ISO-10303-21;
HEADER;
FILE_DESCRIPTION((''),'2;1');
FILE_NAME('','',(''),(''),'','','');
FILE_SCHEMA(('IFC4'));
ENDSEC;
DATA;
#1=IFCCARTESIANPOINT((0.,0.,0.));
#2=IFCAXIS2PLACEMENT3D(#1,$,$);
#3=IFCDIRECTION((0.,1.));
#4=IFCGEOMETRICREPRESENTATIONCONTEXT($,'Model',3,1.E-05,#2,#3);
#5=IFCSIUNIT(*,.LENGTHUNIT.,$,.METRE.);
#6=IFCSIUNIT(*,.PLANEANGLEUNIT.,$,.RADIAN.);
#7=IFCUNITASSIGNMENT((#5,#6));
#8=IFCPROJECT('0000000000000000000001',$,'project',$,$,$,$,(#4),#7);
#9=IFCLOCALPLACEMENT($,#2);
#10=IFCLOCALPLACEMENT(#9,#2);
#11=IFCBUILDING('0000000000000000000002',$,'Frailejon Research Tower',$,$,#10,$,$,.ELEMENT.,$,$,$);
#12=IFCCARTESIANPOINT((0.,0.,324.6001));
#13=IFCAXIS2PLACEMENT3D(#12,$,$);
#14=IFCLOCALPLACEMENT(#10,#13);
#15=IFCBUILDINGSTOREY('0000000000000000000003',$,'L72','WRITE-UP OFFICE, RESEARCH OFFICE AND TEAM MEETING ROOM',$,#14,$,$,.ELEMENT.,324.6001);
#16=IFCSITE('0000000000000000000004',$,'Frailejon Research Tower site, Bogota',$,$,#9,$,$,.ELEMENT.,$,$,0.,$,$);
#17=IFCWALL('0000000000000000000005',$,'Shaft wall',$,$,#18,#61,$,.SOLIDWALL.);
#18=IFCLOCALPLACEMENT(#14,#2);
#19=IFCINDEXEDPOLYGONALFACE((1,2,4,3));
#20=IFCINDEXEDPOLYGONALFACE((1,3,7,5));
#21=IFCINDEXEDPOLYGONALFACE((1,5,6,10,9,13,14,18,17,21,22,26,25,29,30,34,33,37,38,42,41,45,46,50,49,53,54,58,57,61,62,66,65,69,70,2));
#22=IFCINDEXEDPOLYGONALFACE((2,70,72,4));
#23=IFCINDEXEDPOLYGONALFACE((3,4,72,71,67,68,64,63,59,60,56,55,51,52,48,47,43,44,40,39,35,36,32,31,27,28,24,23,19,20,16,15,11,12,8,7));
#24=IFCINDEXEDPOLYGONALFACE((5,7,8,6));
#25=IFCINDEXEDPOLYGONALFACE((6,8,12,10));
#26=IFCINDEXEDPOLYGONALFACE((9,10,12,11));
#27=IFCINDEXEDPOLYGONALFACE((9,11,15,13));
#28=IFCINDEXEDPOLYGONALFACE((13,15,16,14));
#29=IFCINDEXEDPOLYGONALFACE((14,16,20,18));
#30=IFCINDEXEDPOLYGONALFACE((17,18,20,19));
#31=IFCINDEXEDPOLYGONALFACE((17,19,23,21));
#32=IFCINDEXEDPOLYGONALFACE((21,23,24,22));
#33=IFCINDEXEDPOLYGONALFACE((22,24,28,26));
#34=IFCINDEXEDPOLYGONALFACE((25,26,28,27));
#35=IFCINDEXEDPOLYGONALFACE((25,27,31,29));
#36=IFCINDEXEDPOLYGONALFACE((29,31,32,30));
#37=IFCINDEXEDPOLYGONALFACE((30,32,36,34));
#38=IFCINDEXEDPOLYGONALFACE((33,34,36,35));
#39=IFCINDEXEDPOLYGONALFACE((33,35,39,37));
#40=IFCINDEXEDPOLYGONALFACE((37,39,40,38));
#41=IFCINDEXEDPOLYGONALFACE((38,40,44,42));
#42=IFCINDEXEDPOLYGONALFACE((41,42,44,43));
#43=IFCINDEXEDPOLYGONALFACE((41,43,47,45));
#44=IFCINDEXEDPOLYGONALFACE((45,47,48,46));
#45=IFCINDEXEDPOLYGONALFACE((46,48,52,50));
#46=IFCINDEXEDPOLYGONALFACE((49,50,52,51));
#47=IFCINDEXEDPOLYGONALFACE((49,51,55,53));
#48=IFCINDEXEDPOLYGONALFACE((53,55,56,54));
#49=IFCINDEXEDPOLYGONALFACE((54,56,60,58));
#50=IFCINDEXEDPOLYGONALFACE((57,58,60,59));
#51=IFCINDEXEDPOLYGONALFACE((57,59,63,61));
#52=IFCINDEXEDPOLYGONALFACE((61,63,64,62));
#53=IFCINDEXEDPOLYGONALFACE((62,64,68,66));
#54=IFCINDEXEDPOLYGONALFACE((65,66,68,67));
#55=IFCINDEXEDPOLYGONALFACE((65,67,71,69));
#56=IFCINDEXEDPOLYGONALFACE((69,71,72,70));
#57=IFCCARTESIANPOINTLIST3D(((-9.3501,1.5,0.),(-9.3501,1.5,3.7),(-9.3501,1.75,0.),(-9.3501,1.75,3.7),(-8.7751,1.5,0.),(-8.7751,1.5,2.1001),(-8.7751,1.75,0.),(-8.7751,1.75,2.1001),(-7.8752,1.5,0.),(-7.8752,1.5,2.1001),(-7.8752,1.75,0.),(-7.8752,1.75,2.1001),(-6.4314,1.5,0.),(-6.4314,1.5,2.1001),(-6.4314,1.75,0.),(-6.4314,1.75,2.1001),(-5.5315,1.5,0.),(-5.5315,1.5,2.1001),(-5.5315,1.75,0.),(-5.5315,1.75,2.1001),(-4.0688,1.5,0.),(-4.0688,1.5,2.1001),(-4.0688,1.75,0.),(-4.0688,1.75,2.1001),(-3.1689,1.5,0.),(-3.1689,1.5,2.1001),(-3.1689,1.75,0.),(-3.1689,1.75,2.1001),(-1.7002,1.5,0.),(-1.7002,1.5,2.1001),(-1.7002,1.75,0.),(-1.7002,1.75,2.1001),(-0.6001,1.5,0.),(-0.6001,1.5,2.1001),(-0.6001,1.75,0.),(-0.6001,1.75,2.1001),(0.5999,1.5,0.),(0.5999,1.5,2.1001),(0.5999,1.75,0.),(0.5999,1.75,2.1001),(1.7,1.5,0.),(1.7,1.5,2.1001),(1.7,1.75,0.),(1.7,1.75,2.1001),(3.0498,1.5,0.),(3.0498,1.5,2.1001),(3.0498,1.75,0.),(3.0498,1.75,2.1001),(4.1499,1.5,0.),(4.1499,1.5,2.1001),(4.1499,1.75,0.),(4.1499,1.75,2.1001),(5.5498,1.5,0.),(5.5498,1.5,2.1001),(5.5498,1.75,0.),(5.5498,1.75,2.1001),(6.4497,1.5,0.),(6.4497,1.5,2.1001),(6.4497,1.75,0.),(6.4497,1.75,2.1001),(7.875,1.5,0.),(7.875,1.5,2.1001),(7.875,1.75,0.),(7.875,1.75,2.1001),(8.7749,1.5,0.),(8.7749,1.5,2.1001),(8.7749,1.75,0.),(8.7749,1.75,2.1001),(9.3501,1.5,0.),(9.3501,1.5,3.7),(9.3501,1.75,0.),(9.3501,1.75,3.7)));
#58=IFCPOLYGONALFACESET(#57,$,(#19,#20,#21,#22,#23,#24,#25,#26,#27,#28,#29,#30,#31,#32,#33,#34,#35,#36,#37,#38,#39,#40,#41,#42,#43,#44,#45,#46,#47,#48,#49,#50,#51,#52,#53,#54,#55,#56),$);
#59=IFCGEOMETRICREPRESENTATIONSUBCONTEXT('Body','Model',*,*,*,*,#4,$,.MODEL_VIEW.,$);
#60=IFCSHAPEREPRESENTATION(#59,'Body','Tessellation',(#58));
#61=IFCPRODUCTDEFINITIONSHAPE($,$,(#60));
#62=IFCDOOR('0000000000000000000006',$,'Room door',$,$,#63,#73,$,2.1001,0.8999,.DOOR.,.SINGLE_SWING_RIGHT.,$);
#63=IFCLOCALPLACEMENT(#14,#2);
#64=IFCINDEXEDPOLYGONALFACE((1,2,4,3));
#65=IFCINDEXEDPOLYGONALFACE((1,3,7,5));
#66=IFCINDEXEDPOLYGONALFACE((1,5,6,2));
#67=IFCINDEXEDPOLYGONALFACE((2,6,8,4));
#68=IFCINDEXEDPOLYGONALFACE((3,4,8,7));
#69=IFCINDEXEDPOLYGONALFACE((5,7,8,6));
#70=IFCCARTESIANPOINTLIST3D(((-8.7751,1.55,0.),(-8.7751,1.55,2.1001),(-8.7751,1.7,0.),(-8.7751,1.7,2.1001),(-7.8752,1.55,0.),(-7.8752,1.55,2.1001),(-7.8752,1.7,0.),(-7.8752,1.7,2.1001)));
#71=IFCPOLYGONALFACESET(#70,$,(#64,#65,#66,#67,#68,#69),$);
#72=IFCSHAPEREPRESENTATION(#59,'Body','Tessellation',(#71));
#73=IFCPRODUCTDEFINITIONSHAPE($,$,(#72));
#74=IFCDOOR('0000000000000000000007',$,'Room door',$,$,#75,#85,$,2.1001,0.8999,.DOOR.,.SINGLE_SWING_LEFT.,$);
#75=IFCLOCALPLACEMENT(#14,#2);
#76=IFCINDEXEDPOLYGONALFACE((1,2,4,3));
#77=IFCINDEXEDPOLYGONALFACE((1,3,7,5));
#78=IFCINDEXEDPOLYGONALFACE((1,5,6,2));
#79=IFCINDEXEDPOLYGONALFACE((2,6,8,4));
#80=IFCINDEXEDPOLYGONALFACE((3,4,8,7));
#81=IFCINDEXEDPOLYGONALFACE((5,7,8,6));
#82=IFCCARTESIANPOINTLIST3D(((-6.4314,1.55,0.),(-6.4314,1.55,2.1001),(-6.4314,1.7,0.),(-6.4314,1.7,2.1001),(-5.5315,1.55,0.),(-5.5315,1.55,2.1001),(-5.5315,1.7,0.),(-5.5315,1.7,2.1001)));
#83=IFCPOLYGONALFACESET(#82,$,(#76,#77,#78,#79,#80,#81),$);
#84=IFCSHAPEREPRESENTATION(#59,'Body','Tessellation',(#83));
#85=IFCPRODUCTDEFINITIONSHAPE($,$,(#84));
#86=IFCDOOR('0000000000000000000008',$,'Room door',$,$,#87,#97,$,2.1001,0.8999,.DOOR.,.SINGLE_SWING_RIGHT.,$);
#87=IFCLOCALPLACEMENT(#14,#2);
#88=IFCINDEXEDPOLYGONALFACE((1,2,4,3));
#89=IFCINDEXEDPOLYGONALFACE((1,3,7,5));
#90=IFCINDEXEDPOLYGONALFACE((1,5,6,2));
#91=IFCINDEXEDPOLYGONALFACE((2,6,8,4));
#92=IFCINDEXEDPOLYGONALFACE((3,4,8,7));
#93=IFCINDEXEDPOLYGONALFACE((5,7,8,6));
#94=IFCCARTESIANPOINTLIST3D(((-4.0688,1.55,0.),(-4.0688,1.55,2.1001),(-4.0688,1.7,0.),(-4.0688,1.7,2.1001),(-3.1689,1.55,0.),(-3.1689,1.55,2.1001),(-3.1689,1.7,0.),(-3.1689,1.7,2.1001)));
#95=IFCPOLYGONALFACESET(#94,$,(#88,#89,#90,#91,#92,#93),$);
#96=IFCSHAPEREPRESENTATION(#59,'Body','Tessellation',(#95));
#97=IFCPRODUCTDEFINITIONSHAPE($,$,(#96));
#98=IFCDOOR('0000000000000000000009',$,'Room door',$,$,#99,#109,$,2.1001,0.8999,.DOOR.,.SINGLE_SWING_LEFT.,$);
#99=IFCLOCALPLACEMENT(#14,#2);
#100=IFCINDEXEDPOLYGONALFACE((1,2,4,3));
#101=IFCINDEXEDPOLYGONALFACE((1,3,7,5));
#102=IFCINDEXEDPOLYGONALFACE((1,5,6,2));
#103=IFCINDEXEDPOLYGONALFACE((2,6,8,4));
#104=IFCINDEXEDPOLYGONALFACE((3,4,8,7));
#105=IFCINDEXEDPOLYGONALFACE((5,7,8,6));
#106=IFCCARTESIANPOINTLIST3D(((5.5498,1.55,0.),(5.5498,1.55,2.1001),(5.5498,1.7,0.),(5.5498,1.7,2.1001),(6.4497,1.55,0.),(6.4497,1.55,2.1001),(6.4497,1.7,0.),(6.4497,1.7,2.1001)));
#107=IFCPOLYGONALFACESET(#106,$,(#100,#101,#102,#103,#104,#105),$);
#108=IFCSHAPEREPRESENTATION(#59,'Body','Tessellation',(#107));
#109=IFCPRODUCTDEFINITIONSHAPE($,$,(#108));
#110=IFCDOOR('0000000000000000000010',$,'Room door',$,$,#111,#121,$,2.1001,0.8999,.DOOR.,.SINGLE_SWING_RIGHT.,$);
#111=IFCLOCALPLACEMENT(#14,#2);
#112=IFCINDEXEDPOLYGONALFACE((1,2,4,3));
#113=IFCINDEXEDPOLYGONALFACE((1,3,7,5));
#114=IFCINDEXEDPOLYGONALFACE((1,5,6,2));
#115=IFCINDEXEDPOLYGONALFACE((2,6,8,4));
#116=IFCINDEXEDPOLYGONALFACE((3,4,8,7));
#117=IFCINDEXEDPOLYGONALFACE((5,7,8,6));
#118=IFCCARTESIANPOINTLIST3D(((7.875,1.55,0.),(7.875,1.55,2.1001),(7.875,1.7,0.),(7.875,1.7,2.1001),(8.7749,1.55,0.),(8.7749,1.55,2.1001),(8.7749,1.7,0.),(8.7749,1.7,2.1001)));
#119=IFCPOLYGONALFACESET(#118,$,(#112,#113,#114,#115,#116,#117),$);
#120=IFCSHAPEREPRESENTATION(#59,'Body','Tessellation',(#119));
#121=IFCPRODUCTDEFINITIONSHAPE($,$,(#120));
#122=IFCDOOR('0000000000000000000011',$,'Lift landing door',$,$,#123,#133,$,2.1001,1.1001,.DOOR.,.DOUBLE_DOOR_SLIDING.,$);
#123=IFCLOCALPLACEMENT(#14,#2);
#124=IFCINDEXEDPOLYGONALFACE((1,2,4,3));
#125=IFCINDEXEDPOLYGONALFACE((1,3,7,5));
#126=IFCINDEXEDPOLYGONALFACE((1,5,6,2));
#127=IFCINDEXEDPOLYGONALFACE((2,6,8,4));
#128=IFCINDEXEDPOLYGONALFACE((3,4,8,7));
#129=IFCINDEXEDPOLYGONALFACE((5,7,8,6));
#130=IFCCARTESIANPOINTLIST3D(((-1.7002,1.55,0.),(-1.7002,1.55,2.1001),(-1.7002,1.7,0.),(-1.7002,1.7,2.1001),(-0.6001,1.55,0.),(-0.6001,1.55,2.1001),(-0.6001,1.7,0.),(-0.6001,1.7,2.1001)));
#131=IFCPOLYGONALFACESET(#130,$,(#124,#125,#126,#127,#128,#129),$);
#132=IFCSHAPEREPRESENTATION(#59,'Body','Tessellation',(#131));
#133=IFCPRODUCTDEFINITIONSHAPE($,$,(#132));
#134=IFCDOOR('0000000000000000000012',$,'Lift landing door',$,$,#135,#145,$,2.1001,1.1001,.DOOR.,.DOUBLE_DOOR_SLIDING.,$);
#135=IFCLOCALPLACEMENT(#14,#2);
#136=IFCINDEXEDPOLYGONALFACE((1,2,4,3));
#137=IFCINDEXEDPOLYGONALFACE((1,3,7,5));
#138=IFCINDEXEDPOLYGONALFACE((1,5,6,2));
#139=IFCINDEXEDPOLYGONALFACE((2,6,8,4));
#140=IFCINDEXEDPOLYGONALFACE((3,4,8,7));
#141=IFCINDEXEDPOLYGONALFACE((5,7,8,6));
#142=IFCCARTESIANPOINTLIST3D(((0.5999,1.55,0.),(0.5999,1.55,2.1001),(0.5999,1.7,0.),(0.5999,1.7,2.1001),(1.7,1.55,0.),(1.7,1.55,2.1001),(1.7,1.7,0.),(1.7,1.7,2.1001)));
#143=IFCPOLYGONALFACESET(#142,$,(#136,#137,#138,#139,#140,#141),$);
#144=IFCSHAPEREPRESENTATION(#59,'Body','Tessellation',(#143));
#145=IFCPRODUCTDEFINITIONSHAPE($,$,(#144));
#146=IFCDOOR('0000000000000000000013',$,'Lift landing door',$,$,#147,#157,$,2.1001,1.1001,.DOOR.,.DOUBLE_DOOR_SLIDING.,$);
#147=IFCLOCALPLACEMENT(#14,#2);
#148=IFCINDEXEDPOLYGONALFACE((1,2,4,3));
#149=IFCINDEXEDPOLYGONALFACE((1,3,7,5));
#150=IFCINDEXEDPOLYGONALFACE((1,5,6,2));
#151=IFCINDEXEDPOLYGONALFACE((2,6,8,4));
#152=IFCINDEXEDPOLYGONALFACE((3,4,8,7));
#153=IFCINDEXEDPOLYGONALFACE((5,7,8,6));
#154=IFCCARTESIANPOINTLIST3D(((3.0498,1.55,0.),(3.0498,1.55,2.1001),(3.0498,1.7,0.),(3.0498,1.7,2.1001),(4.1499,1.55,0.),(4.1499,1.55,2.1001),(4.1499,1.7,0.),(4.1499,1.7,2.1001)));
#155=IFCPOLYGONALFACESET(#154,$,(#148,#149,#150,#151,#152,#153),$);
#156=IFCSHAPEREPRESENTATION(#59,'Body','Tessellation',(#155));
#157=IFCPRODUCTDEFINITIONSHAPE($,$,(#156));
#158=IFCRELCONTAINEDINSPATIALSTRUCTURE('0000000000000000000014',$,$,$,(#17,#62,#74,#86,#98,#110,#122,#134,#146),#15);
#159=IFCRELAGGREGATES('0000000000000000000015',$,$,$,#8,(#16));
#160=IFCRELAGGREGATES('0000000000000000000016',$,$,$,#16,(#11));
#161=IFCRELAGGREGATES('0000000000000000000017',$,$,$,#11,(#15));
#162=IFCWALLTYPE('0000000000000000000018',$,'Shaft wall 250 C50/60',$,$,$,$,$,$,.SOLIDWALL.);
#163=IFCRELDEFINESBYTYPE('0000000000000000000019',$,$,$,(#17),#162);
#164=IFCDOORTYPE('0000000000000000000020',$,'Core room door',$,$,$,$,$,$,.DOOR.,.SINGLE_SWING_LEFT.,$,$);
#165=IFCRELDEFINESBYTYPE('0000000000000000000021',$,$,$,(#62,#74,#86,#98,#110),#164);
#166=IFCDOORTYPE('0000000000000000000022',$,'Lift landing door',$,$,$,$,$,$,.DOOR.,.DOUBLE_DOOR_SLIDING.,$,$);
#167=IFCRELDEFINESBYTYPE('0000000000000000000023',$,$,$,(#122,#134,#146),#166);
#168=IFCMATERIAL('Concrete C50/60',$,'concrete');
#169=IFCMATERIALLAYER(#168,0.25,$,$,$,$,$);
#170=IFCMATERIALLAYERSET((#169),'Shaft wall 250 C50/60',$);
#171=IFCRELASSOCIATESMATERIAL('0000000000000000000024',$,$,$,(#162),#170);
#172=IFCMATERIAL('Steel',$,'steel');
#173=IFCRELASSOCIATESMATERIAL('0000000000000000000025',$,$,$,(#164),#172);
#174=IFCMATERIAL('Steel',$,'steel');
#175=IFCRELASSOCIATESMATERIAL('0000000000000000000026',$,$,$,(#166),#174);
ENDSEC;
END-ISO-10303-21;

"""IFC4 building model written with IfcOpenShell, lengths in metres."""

from ifc_helpers import new_model, si_unit, direction, frame, frame_2d, origin, place, context, subcontext, project, spatial, rectangle, extrude, material, layer, layer_set, type_object, element, fill, save


model = new_model("IFC4")

# Units and contexts
model_context = context("Model", 3, precision=1e-05, world=origin(), true_north=direction((0.0, 1.0)))
body_context = subcontext(model_context, "Body", "Model", "MODEL_VIEW")
ifc_project = project(units=[si_unit("LENGTHUNIT", "METRE"), si_unit("PLANEANGLEUNIT", "RADIAN")], contexts=[model_context])

# Site, building, storey
site_placement = place(None, origin())
site = spatial("IfcSite", under=ifc_project, at=site_placement, Name="Frailejon Research Tower site, Bogota", CompositionType="ELEMENT", RefElevation=0.0)
building_placement = place(site_placement, origin())
building = spatial("IfcBuilding", under=site, at=building_placement, Name="Frailejon Research Tower", CompositionType="ELEMENT")
storey_placement = place(building_placement, frame((0.0, 0.0, 324.6001)))
storey = spatial("IfcBuildingStorey", under=building, at=storey_placement, Name="L72", Description="WRITE-UP OFFICE, RESEARCH OFFICE AND TEAM MEETING ROOM", CompositionType="ELEMENT", Elevation=324.6001)

# Wall, openings, doors
ifc_material_1 = material(Name="Concrete C50/60", Category="concrete")
ifc_layer_1 = layer(ifc_material_1, 0.25)
ifc_layer_set_1 = layer_set([ifc_layer_1], Name="Shaft wall 250 C50/60")
wall_type_1 = type_object("IfcWallType", Name="Shaft wall 250 C50/60", PredefinedType="SOLIDWALL", material=ifc_layer_set_1)
wall_1_placement = place(storey_placement, frame((-9.3501, 1.625, 0.0), z_axis=(0.0, 0.0, 1.0), x_axis=(1.0, 0.0, 0.0)))
wall_1 = element("IfcWall", 1, at=wall_1_placement, inside=storey, type_object=wall_type_1, Name="Shaft wall", PredefinedType="SOLIDWALL", context=body_context, shape_type="SweptSolid", body=[
    extrude(rectangle(XDim=18.7002, YDim=0.25, at=frame_2d((9.3501, 0.0))), origin(), (0.0, 0.0, 1.0), 3.7),
])
opening_1_placement = place(wall_1_placement, frame((7.6499, 0.0, 0.0)))
opening_1 = element("IfcOpeningElement", 2, at=opening_1_placement, cuts=wall_1, PredefinedType="OPENING", context=body_context, shape_type="SweptSolid", body=[
    extrude(rectangle(XDim=1.1001, YDim=2.1001, at=frame_2d((0.55, 1.05))), frame((0.0, 0.135, 0.0), z_axis=(0.0, -1.0, 0.0), x_axis=(1.0, 0.0, 0.0)), (0.0, 0.0, 1.0), 0.27),
])
opening_2_placement = place(wall_1_placement, frame((9.95, 0.0, 0.0)))
opening_2 = element("IfcOpeningElement", 3, at=opening_2_placement, cuts=wall_1, PredefinedType="OPENING", context=body_context, shape_type="SweptSolid", body=[
    extrude(rectangle(XDim=1.1001, YDim=2.1001, at=frame_2d((0.55, 1.05))), frame((0.0, 0.135, 0.0), z_axis=(0.0, -1.0, 0.0), x_axis=(1.0, 0.0, 0.0)), (0.0, 0.0, 1.0), 0.27),
])
opening_3_placement = place(wall_1_placement, frame((12.3999, 0.0, 0.0)))
opening_3 = element("IfcOpeningElement", 4, at=opening_3_placement, cuts=wall_1, PredefinedType="OPENING", context=body_context, shape_type="SweptSolid", body=[
    extrude(rectangle(XDim=1.1001, YDim=2.1001, at=frame_2d((0.55, 1.05))), frame((0.0, 0.135, 0.0), z_axis=(0.0, -1.0, 0.0), x_axis=(1.0, 0.0, 0.0)), (0.0, 0.0, 1.0), 0.27),
])
opening_4_placement = place(wall_1_placement, frame((0.575, 0.0, 0.0)))
opening_4 = element("IfcOpeningElement", 5, at=opening_4_placement, cuts=wall_1, PredefinedType="OPENING", context=body_context, shape_type="SweptSolid", body=[
    extrude(rectangle(XDim=0.8999, YDim=2.1001, at=frame_2d((0.45, 1.05))), frame((0.0, 0.135, 0.0), z_axis=(0.0, -1.0, 0.0), x_axis=(1.0, 0.0, 0.0)), (0.0, 0.0, 1.0), 0.27),
])
opening_5_placement = place(wall_1_placement, frame((2.9187, 0.0, 0.0)))
opening_5 = element("IfcOpeningElement", 6, at=opening_5_placement, cuts=wall_1, PredefinedType="OPENING", context=body_context, shape_type="SweptSolid", body=[
    extrude(rectangle(XDim=0.8999, YDim=2.1001, at=frame_2d((0.45, 1.05))), frame((0.0, 0.135, 0.0), z_axis=(0.0, -1.0, 0.0), x_axis=(1.0, 0.0, 0.0)), (0.0, 0.0, 1.0), 0.27),
])
opening_6_placement = place(wall_1_placement, frame((5.2812, 0.0, 0.0)))
opening_6 = element("IfcOpeningElement", 7, at=opening_6_placement, cuts=wall_1, PredefinedType="OPENING", context=body_context, shape_type="SweptSolid", body=[
    extrude(rectangle(XDim=0.8999, YDim=2.1001, at=frame_2d((0.45, 1.05))), frame((0.0, 0.135, 0.0), z_axis=(0.0, -1.0, 0.0), x_axis=(1.0, 0.0, 0.0)), (0.0, 0.0, 1.0), 0.27),
])
opening_7_placement = place(wall_1_placement, frame((14.8999, 0.0, 0.0)))
opening_7 = element("IfcOpeningElement", 8, at=opening_7_placement, cuts=wall_1, PredefinedType="OPENING", context=body_context, shape_type="SweptSolid", body=[
    extrude(rectangle(XDim=0.8999, YDim=2.1001, at=frame_2d((0.45, 1.05))), frame((0.0, 0.135, 0.0), z_axis=(0.0, -1.0, 0.0), x_axis=(1.0, 0.0, 0.0)), (0.0, 0.0, 1.0), 0.27),
])
opening_8_placement = place(wall_1_placement, frame((17.2251, 0.0, 0.0)))
opening_8 = element("IfcOpeningElement", 9, at=opening_8_placement, cuts=wall_1, PredefinedType="OPENING", context=body_context, shape_type="SweptSolid", body=[
    extrude(rectangle(XDim=0.8999, YDim=2.1001, at=frame_2d((0.45, 1.05))), frame((0.0, 0.135, 0.0), z_axis=(0.0, -1.0, 0.0), x_axis=(1.0, 0.0, 0.0)), (0.0, 0.0, 1.0), 0.27),
])
ifc_material_2 = material(Name="Steel", Category="steel")
door_type_1 = type_object("IfcDoorType", Name="Core room door", OperationType="SINGLE_SWING_LEFT", PredefinedType="DOOR", material=ifc_material_2)
door_1_placement = place(opening_4_placement, origin())
door_1 = element("IfcDoor", 10, at=door_1_placement, inside=storey, type_object=door_type_1, Name="Room door", OperationType="SINGLE_SWING_RIGHT", OverallHeight=2.1001, OverallWidth=0.8999, PredefinedType="DOOR", context=body_context, shape_type="SweptSolid", body=[
    extrude(rectangle(XDim=0.8999, YDim=2.1001, at=frame_2d((0.45, 1.05))), frame((0.0, 0.075, 0.0), z_axis=(0.0, -1.0, 0.0), x_axis=(1.0, 0.0, 0.0)), (0.0, 0.0, 1.0), 0.1499),
])
fill(opening_4, door_1)
door_2_placement = place(opening_5_placement, origin())
door_2 = element("IfcDoor", 11, at=door_2_placement, inside=storey, type_object=door_type_1, Name="Room door", OperationType="SINGLE_SWING_LEFT", OverallHeight=2.1001, OverallWidth=0.8999, PredefinedType="DOOR", context=body_context, shape_type="SweptSolid", body=[
    extrude(rectangle(XDim=0.8999, YDim=2.1001, at=frame_2d((0.45, 1.05))), frame((0.0, 0.075, 0.0), z_axis=(0.0, -1.0, 0.0), x_axis=(1.0, 0.0, 0.0)), (0.0, 0.0, 1.0), 0.1499),
])
fill(opening_5, door_2)
door_3_placement = place(opening_6_placement, origin())
door_3 = element("IfcDoor", 12, at=door_3_placement, inside=storey, type_object=door_type_1, Name="Room door", OperationType="SINGLE_SWING_RIGHT", OverallHeight=2.1001, OverallWidth=0.8999, PredefinedType="DOOR", context=body_context, shape_type="SweptSolid", body=[
    extrude(rectangle(XDim=0.8999, YDim=2.1001, at=frame_2d((0.45, 1.05))), frame((0.0, 0.075, 0.0), z_axis=(0.0, -1.0, 0.0), x_axis=(1.0, 0.0, 0.0)), (0.0, 0.0, 1.0), 0.1499),
])
fill(opening_6, door_3)
door_4_placement = place(opening_7_placement, origin())
door_4 = element("IfcDoor", 13, at=door_4_placement, inside=storey, type_object=door_type_1, Name="Room door", OperationType="SINGLE_SWING_LEFT", OverallHeight=2.1001, OverallWidth=0.8999, PredefinedType="DOOR", context=body_context, shape_type="SweptSolid", body=[
    extrude(rectangle(XDim=0.8999, YDim=2.1001, at=frame_2d((0.45, 1.05))), frame((0.0, 0.075, 0.0), z_axis=(0.0, -1.0, 0.0), x_axis=(1.0, 0.0, 0.0)), (0.0, 0.0, 1.0), 0.1499),
])
fill(opening_7, door_4)
door_5_placement = place(opening_8_placement, origin())
door_5 = element("IfcDoor", 14, at=door_5_placement, inside=storey, type_object=door_type_1, Name="Room door", OperationType="SINGLE_SWING_RIGHT", OverallHeight=2.1001, OverallWidth=0.8999, PredefinedType="DOOR", context=body_context, shape_type="SweptSolid", body=[
    extrude(rectangle(XDim=0.8999, YDim=2.1001, at=frame_2d((0.45, 1.05))), frame((0.0, 0.075, 0.0), z_axis=(0.0, -1.0, 0.0), x_axis=(1.0, 0.0, 0.0)), (0.0, 0.0, 1.0), 0.1499),
])
fill(opening_8, door_5)
ifc_material_3 = material(Name="Steel", Category="steel")
door_type_2 = type_object("IfcDoorType", Name="Lift landing door", OperationType="DOUBLE_DOOR_SLIDING", PredefinedType="DOOR", material=ifc_material_3)
door_6_placement = place(opening_1_placement, origin())
door_6 = element("IfcDoor", 15, at=door_6_placement, inside=storey, type_object=door_type_2, Name="Lift landing door", OperationType="DOUBLE_DOOR_SLIDING", OverallHeight=2.1001, OverallWidth=1.1001, PredefinedType="DOOR", context=body_context, shape_type="SweptSolid", body=[
    extrude(rectangle(XDim=1.1001, YDim=2.1001, at=frame_2d((0.55, 1.05))), frame((0.0, 0.075, 0.0), z_axis=(0.0, -1.0, 0.0), x_axis=(1.0, 0.0, 0.0)), (0.0, 0.0, 1.0), 0.1499),
])
fill(opening_1, door_6)
door_7_placement = place(opening_2_placement, origin())
door_7 = element("IfcDoor", 16, at=door_7_placement, inside=storey, type_object=door_type_2, Name="Lift landing door", OperationType="DOUBLE_DOOR_SLIDING", OverallHeight=2.1001, OverallWidth=1.1001, PredefinedType="DOOR", context=body_context, shape_type="SweptSolid", body=[
    extrude(rectangle(XDim=1.1001, YDim=2.1001, at=frame_2d((0.55, 1.05))), frame((0.0, 0.075, 0.0), z_axis=(0.0, -1.0, 0.0), x_axis=(1.0, 0.0, 0.0)), (0.0, 0.0, 1.0), 0.1499),
])
fill(opening_2, door_7)
door_8_placement = place(opening_3_placement, origin())
door_8 = element("IfcDoor", 17, at=door_8_placement, inside=storey, type_object=door_type_2, Name="Lift landing door", OperationType="DOUBLE_DOOR_SLIDING", OverallHeight=2.1001, OverallWidth=1.1001, PredefinedType="DOOR", context=body_context, shape_type="SweptSolid", body=[
    extrude(rectangle(XDim=1.1001, YDim=2.1001, at=frame_2d((0.55, 1.05))), frame((0.0, 0.075, 0.0), z_axis=(0.0, -1.0, 0.0), x_axis=(1.0, 0.0, 0.0)), (0.0, 0.0, 1.0), 0.1499),
])
fill(opening_3, door_8)

save(model, "model.ifc")
